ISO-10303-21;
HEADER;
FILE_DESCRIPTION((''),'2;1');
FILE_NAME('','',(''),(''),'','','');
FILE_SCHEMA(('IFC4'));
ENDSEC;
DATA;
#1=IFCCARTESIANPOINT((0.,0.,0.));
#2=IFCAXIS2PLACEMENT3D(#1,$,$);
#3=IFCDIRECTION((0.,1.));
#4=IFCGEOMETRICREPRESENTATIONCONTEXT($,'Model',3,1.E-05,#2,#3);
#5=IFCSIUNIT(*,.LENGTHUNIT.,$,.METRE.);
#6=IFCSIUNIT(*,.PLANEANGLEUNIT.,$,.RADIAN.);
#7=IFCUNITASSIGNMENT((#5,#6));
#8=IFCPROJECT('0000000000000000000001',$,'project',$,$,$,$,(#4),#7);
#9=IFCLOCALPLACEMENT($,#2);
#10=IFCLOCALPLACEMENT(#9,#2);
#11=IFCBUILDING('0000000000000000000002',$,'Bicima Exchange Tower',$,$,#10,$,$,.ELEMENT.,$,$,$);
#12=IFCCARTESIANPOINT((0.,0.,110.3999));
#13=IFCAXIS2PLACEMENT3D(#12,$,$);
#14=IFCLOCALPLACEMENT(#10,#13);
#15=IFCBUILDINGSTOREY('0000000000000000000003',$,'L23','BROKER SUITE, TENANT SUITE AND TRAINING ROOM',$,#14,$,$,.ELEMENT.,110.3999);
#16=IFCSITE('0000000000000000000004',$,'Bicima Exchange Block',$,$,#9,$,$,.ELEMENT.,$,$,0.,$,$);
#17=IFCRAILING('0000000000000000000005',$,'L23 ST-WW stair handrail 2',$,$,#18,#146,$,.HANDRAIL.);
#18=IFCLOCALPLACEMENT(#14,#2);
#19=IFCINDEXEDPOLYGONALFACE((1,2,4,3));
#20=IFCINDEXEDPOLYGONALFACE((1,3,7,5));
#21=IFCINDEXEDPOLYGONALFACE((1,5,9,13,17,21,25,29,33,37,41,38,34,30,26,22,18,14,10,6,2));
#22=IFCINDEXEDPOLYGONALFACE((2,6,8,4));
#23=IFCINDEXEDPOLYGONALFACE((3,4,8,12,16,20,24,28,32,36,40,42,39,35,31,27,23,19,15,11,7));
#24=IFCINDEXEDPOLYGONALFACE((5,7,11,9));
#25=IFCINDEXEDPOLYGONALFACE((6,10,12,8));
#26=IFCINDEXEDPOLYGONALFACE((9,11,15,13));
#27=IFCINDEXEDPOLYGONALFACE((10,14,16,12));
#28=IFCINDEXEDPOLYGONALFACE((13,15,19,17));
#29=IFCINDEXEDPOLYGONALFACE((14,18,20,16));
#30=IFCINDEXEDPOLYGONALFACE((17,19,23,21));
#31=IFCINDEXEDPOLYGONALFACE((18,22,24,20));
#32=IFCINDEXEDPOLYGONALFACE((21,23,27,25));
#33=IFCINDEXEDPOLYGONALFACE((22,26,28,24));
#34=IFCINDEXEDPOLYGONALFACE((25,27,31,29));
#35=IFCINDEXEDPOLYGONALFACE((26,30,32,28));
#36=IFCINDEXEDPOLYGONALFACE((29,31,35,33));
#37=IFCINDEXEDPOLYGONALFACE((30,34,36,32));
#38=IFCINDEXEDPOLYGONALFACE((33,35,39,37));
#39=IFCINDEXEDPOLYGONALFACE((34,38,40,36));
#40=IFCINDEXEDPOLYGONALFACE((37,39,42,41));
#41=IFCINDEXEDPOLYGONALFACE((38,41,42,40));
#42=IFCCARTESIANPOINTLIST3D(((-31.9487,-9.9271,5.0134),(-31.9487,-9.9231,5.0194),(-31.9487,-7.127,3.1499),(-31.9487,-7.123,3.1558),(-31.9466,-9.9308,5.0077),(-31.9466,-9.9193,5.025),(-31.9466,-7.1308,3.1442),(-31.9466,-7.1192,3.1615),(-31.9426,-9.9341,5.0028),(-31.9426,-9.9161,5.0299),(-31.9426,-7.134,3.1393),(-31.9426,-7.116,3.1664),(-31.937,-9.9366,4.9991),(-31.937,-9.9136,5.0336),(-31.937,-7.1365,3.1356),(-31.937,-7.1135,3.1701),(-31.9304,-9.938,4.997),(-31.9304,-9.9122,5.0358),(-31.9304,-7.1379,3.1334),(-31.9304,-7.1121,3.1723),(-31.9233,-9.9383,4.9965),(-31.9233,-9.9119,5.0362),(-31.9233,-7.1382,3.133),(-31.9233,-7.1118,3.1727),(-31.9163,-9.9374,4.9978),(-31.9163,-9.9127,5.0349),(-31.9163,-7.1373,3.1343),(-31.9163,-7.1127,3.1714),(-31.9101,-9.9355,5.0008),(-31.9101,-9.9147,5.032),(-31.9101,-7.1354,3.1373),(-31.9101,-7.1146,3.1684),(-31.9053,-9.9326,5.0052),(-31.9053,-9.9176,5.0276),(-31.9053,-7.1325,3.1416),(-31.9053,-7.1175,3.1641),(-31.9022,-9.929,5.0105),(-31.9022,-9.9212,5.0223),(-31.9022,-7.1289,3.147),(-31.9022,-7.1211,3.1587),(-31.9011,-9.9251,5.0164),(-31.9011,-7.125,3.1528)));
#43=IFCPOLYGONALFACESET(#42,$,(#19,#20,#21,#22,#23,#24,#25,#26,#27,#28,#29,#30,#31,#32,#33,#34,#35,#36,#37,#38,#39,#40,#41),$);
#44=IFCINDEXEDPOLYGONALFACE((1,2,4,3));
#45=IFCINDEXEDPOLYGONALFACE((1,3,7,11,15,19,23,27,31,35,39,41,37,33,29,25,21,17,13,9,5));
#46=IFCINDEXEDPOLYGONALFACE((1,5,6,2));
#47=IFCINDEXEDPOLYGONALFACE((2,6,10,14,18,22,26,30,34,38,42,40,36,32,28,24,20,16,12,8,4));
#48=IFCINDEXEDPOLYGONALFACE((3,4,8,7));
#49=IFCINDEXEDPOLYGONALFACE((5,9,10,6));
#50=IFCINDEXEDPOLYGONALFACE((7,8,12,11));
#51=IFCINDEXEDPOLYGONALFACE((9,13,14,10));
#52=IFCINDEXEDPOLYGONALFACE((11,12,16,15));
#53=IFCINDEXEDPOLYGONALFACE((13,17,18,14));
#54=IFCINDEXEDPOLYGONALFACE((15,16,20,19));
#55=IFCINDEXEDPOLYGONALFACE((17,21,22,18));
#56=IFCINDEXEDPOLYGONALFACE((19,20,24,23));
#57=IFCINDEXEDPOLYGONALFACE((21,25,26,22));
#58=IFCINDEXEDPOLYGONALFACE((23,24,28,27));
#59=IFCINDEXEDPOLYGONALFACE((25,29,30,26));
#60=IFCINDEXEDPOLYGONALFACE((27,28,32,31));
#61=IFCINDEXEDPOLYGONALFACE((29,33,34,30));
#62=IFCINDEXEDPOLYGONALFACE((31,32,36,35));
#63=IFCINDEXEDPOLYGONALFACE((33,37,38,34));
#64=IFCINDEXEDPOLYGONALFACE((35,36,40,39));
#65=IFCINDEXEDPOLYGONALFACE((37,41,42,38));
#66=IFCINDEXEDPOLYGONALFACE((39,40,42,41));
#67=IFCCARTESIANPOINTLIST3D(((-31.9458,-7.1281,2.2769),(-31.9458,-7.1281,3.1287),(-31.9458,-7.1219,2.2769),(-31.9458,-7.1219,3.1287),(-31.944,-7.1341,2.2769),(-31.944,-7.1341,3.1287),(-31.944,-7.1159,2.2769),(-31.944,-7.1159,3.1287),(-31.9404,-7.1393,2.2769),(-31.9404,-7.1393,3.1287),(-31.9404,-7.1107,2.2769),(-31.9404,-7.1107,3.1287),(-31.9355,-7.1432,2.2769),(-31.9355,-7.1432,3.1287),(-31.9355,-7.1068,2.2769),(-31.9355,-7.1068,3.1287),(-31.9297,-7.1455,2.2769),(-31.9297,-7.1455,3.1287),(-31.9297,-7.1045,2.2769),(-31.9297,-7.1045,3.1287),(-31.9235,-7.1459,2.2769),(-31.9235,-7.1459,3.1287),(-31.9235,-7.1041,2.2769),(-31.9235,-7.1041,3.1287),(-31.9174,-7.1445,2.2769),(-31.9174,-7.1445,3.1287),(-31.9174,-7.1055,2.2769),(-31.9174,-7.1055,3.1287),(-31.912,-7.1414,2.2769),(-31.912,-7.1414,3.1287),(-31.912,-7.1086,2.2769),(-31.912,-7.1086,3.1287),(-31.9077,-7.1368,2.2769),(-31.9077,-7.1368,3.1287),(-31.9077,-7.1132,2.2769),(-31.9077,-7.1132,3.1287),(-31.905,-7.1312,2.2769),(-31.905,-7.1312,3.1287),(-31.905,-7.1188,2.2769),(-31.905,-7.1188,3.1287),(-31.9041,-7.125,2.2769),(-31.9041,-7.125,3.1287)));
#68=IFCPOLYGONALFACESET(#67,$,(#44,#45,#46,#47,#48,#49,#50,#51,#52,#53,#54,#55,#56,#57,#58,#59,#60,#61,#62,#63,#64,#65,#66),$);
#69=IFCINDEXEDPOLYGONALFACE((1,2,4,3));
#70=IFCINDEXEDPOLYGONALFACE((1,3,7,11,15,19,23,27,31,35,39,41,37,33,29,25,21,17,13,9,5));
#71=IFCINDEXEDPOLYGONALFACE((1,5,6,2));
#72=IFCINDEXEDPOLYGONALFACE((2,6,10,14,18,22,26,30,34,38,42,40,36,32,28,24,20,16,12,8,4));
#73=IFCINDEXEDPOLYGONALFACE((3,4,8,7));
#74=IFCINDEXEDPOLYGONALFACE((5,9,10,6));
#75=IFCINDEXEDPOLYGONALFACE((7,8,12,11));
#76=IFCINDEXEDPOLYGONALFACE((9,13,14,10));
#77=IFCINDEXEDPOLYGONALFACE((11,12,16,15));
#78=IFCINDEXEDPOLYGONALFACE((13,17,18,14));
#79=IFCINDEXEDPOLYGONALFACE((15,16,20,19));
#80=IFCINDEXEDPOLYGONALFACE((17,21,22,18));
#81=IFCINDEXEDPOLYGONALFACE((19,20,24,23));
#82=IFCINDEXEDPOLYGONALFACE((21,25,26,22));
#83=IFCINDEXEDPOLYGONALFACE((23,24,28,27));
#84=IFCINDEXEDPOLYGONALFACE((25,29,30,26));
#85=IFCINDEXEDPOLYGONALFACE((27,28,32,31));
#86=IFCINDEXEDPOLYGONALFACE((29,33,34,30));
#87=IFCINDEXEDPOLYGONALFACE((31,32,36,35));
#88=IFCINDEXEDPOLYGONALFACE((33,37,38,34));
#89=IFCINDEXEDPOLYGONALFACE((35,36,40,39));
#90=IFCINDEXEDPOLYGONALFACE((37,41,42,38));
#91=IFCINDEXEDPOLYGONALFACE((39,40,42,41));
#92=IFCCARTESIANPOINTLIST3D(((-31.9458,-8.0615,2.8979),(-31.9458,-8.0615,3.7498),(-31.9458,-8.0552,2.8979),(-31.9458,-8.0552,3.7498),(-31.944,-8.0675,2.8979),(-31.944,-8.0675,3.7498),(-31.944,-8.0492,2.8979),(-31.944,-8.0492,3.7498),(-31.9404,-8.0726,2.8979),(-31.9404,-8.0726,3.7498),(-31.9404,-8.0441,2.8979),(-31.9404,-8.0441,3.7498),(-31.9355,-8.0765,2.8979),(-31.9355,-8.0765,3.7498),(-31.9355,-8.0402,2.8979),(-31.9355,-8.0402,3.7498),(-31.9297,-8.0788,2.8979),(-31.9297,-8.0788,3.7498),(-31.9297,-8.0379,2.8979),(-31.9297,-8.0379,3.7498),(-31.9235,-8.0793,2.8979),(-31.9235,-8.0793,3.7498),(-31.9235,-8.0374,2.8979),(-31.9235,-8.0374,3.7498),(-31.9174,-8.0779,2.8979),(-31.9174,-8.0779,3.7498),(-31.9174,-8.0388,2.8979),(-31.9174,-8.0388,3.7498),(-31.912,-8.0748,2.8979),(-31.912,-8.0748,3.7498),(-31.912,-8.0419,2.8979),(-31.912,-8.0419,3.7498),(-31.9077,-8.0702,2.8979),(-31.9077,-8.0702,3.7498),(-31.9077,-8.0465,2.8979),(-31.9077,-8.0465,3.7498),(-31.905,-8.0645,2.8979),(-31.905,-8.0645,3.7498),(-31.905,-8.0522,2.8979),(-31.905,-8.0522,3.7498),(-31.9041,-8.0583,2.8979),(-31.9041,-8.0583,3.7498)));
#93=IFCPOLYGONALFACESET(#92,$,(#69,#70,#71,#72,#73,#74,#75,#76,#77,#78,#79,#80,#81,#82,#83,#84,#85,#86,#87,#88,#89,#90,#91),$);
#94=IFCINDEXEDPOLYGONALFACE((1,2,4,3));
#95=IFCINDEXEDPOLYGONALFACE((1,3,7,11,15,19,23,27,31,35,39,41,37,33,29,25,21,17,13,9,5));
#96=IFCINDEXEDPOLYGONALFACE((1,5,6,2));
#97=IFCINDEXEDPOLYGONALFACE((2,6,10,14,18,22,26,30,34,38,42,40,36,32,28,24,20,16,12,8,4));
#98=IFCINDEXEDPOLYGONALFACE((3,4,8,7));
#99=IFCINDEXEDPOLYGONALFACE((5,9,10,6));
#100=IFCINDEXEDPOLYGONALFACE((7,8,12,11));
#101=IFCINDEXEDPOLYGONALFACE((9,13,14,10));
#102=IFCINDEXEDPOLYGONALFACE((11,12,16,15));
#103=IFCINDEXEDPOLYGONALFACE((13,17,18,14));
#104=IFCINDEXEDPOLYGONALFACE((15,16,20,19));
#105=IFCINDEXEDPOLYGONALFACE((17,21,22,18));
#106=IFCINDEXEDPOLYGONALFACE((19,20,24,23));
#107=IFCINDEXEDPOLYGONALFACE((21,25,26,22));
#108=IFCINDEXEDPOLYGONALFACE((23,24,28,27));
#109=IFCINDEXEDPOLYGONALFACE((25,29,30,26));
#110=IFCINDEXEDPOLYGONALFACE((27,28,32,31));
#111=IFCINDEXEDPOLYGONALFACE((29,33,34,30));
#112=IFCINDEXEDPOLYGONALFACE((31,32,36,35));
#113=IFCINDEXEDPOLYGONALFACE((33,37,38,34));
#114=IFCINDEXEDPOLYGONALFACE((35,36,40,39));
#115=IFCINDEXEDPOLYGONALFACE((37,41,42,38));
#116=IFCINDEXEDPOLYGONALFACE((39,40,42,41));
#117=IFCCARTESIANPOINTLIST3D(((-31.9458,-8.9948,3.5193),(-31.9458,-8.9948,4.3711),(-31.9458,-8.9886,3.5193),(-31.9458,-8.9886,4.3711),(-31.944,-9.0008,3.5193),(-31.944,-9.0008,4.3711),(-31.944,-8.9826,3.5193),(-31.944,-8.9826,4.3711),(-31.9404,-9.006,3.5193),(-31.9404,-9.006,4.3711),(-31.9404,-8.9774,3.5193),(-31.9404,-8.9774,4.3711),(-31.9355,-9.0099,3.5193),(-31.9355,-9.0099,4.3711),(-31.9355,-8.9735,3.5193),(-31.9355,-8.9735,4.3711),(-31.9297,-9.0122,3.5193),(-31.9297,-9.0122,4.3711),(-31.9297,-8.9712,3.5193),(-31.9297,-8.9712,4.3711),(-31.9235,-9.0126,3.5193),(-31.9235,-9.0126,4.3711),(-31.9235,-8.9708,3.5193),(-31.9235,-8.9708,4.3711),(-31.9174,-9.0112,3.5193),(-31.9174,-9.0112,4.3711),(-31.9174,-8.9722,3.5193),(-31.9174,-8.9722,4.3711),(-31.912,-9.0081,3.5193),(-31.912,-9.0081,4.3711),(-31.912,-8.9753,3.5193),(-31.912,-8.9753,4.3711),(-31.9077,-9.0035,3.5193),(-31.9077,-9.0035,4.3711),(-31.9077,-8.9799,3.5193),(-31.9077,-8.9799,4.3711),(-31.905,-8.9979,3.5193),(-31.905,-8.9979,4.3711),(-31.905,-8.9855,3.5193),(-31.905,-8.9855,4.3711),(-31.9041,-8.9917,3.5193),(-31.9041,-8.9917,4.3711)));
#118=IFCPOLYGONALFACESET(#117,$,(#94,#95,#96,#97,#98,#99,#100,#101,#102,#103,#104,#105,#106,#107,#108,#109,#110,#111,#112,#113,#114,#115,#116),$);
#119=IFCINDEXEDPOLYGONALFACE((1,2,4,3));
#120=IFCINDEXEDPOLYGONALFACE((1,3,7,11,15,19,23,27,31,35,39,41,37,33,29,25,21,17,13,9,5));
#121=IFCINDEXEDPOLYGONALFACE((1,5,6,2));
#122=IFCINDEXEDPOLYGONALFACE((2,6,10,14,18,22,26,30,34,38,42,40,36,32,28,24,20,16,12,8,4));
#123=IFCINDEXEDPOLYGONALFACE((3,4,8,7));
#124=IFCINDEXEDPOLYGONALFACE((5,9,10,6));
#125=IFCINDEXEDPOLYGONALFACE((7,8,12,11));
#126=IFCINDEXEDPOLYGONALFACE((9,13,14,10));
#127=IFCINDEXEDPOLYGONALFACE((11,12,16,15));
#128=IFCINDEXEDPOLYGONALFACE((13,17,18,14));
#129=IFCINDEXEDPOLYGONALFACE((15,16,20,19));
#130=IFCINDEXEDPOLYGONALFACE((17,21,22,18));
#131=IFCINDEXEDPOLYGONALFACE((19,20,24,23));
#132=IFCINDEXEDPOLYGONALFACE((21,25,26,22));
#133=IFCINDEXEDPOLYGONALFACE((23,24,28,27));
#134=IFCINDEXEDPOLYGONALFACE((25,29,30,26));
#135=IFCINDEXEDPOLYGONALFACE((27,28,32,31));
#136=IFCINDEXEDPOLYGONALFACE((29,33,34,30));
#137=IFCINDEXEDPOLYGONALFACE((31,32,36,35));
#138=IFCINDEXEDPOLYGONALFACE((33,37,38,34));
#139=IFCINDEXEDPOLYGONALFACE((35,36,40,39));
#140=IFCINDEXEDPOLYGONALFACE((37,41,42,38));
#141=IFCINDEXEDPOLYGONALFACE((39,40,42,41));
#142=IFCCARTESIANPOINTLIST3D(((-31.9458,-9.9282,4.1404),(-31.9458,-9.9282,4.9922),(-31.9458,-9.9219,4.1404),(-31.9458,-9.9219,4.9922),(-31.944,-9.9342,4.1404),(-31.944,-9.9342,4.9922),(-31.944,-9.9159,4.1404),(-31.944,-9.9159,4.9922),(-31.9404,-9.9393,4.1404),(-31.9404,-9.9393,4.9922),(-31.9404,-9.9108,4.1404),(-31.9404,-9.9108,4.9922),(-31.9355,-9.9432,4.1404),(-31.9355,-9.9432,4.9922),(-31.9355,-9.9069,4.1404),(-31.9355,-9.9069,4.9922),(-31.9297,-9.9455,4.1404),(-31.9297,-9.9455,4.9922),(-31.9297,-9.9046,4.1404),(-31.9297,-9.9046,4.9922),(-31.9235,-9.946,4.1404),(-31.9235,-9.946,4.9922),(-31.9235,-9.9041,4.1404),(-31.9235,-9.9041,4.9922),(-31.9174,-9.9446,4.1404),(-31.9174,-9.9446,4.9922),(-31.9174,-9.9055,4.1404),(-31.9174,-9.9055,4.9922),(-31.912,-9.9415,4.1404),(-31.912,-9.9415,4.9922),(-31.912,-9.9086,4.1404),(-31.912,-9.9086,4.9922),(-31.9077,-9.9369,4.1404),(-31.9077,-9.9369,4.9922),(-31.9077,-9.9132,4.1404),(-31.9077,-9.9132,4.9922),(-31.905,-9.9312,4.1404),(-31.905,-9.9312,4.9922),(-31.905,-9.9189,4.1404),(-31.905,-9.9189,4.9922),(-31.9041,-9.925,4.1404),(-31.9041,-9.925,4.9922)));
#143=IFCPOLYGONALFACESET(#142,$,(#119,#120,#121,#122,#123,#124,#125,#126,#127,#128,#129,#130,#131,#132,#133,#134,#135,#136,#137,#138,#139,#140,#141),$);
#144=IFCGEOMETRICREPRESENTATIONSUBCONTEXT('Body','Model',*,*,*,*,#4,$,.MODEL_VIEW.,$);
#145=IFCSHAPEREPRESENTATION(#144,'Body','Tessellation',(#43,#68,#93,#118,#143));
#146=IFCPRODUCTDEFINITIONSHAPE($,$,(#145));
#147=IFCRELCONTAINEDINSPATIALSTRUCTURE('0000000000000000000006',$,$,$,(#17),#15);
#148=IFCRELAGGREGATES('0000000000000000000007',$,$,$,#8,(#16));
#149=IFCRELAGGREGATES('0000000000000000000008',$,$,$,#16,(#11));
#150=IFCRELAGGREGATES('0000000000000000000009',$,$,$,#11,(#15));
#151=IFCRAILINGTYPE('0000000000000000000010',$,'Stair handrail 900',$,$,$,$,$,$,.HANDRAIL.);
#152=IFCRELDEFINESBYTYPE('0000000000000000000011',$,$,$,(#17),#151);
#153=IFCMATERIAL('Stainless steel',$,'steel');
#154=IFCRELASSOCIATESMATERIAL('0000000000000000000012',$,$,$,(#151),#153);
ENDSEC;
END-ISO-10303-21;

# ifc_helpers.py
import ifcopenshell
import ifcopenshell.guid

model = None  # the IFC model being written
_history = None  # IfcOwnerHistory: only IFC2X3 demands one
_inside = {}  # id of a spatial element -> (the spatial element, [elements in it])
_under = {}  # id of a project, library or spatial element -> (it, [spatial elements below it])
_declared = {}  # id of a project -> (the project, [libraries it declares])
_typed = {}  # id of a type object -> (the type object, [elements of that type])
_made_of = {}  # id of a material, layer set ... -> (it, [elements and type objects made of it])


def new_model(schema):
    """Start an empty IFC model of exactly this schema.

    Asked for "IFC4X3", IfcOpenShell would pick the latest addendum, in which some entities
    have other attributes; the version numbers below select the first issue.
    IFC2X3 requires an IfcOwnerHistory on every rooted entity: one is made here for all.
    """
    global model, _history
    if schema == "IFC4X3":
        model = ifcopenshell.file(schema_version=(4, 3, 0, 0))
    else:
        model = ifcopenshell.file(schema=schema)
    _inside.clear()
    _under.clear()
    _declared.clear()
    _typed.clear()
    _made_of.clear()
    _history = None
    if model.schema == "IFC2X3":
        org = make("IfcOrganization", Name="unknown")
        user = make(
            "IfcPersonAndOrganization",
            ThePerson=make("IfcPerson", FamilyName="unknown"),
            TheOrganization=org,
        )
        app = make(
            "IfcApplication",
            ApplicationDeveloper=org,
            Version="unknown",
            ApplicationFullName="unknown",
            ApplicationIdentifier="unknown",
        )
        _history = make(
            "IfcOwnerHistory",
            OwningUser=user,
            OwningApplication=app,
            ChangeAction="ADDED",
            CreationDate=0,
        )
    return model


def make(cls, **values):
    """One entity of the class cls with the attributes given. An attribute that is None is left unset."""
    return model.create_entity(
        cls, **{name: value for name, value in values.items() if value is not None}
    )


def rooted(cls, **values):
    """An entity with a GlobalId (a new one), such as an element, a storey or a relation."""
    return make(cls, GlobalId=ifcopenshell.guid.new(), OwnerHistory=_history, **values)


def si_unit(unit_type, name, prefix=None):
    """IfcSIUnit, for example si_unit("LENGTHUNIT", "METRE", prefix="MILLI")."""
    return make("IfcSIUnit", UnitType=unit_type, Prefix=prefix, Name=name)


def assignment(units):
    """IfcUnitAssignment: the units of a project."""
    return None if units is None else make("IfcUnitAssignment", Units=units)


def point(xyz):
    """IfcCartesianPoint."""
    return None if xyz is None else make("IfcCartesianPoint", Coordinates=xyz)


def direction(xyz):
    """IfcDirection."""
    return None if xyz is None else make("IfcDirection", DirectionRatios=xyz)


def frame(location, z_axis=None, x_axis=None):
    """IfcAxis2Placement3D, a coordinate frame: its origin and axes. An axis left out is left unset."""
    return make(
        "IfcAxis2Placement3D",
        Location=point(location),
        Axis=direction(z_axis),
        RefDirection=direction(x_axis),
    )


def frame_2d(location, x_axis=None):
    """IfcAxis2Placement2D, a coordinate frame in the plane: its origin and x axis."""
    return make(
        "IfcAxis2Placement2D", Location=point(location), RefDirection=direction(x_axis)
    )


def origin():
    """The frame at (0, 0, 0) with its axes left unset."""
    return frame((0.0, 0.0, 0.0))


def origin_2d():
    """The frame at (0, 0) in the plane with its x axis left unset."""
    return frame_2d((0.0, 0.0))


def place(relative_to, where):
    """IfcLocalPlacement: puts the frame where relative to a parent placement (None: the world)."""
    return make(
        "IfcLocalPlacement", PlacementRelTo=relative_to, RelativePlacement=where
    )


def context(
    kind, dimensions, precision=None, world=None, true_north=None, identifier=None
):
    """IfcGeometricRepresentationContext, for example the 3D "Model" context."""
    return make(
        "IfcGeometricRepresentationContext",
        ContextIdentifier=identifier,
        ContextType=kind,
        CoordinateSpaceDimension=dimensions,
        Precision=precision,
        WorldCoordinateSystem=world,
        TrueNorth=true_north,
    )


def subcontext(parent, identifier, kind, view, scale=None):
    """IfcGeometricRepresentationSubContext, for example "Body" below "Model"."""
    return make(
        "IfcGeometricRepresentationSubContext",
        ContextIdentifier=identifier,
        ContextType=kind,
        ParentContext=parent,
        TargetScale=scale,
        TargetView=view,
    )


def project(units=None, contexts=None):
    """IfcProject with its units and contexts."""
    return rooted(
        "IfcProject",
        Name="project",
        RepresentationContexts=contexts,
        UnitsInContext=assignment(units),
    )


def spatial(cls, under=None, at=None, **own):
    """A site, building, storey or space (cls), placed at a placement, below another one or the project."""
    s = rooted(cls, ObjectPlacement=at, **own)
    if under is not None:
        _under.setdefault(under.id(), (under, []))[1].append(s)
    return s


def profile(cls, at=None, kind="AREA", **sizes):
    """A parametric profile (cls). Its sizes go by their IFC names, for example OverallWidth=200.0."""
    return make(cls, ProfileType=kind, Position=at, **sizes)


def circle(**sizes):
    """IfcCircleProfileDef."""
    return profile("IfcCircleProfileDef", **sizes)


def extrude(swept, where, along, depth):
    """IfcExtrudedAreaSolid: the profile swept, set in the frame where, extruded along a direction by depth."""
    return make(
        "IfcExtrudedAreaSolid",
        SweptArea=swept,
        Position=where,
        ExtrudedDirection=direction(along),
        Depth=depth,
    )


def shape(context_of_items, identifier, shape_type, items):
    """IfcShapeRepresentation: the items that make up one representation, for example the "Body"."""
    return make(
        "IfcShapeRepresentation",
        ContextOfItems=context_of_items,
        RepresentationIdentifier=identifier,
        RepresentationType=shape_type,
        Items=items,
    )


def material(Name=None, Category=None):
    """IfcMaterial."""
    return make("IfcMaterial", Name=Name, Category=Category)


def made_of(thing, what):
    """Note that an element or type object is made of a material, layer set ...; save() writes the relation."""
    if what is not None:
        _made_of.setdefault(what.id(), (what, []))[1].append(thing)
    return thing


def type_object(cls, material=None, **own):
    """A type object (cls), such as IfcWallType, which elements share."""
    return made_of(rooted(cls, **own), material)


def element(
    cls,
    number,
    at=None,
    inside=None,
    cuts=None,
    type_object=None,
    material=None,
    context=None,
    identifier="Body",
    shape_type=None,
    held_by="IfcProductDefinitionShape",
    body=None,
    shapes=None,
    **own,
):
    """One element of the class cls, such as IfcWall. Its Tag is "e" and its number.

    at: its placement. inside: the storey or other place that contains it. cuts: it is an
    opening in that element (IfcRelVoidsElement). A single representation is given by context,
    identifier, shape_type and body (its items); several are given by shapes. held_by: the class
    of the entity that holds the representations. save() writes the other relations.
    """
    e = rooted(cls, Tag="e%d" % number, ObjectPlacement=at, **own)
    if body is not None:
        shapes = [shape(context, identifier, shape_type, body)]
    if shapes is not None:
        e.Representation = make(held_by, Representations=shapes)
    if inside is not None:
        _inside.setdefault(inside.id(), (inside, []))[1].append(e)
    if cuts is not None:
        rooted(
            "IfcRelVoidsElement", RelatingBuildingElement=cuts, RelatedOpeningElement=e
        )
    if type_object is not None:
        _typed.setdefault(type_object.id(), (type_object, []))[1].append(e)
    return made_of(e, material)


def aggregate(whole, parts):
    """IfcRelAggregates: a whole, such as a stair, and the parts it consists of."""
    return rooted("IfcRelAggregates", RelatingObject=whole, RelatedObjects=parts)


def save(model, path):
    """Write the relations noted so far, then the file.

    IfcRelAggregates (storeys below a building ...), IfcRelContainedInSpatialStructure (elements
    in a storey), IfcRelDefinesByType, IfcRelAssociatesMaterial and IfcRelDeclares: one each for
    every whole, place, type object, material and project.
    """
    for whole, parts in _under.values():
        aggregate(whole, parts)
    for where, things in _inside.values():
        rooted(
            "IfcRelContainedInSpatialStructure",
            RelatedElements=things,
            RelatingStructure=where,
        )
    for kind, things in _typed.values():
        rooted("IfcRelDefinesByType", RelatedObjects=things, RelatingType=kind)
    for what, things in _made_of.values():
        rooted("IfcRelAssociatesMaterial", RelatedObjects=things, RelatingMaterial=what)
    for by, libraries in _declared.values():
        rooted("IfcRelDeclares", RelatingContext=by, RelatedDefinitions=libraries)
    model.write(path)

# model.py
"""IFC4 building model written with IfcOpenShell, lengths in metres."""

from ifc_helpers import new_model, si_unit, direction, frame, origin, origin_2d, place, context, subcontext, project, spatial, circle, extrude, material, type_object, element, save


model = new_model("IFC4")

# Units and contexts
model_context = context("Model", 3, precision=1e-05, world=origin(), true_north=direction((0.0, 1.0)))
body_context = subcontext(model_context, "Body", "Model", "MODEL_VIEW")
ifc_project = project(units=[si_unit("LENGTHUNIT", "METRE"), si_unit("PLANEANGLEUNIT", "RADIAN")], contexts=[model_context])

# Site, building, storey
site_placement = place(None, origin())
site = spatial("IfcSite", under=ifc_project, at=site_placement, Name="Bicima Exchange Block", CompositionType="ELEMENT", RefElevation=0.0)
building_placement = place(site_placement, origin())
building = spatial("IfcBuilding", under=site, at=building_placement, Name="Bicima Exchange Tower", CompositionType="ELEMENT")
storey_placement = place(building_placement, frame((0.0, 0.0, 110.3999)))
storey = spatial("IfcBuildingStorey", under=building, at=storey_placement, Name="L23", Description="BROKER SUITE, TENANT SUITE AND TRAINING ROOM", CompositionType="ELEMENT", Elevation=110.3999)

# Railing
ifc_material_1 = material(Name="Stainless steel", Category="steel")
railing_type = type_object("IfcRailingType", Name="Stair handrail 900", PredefinedType="HANDRAIL", material=ifc_material_1)
railing_1_placement = place(storey_placement, frame((-31.925, -7.125, 2.2769)))
element("IfcRailing", 1, at=railing_1_placement, inside=storey, type_object=railing_type, Name="L23 ST-WW stair handrail 2", PredefinedType="HANDRAIL", context=body_context, shape_type="SweptSolid", body=[
    extrude(circle(Radius=0.0239, at=origin_2d()), frame((0.0, 0.0, 0.876), z_axis=(0.0, -0.832486, 0.554047), x_axis=(1.0, 0.0, 0.0)), (0.0, 0.0, 1.0), 3.3635),
    extrude(circle(Radius=0.021, at=origin_2d()), origin(), (0.0, 0.0, 1.0), 0.8518),
    extrude(circle(Radius=0.021, at=origin_2d()), frame((0.0, -0.9333, 0.6211)), (0.0, 0.0, 1.0), 0.8518),
    extrude(circle(Radius=0.021, at=origin_2d()), frame((0.0, -1.8667, 1.2424)), (0.0, 0.0, 1.0), 0.8518),
    extrude(circle(Radius=0.021, at=origin_2d()), frame((0.0, -2.8, 1.8635)), (0.0, 0.0, 1.0), 0.8518),
])

save(model, "model.ifc")
